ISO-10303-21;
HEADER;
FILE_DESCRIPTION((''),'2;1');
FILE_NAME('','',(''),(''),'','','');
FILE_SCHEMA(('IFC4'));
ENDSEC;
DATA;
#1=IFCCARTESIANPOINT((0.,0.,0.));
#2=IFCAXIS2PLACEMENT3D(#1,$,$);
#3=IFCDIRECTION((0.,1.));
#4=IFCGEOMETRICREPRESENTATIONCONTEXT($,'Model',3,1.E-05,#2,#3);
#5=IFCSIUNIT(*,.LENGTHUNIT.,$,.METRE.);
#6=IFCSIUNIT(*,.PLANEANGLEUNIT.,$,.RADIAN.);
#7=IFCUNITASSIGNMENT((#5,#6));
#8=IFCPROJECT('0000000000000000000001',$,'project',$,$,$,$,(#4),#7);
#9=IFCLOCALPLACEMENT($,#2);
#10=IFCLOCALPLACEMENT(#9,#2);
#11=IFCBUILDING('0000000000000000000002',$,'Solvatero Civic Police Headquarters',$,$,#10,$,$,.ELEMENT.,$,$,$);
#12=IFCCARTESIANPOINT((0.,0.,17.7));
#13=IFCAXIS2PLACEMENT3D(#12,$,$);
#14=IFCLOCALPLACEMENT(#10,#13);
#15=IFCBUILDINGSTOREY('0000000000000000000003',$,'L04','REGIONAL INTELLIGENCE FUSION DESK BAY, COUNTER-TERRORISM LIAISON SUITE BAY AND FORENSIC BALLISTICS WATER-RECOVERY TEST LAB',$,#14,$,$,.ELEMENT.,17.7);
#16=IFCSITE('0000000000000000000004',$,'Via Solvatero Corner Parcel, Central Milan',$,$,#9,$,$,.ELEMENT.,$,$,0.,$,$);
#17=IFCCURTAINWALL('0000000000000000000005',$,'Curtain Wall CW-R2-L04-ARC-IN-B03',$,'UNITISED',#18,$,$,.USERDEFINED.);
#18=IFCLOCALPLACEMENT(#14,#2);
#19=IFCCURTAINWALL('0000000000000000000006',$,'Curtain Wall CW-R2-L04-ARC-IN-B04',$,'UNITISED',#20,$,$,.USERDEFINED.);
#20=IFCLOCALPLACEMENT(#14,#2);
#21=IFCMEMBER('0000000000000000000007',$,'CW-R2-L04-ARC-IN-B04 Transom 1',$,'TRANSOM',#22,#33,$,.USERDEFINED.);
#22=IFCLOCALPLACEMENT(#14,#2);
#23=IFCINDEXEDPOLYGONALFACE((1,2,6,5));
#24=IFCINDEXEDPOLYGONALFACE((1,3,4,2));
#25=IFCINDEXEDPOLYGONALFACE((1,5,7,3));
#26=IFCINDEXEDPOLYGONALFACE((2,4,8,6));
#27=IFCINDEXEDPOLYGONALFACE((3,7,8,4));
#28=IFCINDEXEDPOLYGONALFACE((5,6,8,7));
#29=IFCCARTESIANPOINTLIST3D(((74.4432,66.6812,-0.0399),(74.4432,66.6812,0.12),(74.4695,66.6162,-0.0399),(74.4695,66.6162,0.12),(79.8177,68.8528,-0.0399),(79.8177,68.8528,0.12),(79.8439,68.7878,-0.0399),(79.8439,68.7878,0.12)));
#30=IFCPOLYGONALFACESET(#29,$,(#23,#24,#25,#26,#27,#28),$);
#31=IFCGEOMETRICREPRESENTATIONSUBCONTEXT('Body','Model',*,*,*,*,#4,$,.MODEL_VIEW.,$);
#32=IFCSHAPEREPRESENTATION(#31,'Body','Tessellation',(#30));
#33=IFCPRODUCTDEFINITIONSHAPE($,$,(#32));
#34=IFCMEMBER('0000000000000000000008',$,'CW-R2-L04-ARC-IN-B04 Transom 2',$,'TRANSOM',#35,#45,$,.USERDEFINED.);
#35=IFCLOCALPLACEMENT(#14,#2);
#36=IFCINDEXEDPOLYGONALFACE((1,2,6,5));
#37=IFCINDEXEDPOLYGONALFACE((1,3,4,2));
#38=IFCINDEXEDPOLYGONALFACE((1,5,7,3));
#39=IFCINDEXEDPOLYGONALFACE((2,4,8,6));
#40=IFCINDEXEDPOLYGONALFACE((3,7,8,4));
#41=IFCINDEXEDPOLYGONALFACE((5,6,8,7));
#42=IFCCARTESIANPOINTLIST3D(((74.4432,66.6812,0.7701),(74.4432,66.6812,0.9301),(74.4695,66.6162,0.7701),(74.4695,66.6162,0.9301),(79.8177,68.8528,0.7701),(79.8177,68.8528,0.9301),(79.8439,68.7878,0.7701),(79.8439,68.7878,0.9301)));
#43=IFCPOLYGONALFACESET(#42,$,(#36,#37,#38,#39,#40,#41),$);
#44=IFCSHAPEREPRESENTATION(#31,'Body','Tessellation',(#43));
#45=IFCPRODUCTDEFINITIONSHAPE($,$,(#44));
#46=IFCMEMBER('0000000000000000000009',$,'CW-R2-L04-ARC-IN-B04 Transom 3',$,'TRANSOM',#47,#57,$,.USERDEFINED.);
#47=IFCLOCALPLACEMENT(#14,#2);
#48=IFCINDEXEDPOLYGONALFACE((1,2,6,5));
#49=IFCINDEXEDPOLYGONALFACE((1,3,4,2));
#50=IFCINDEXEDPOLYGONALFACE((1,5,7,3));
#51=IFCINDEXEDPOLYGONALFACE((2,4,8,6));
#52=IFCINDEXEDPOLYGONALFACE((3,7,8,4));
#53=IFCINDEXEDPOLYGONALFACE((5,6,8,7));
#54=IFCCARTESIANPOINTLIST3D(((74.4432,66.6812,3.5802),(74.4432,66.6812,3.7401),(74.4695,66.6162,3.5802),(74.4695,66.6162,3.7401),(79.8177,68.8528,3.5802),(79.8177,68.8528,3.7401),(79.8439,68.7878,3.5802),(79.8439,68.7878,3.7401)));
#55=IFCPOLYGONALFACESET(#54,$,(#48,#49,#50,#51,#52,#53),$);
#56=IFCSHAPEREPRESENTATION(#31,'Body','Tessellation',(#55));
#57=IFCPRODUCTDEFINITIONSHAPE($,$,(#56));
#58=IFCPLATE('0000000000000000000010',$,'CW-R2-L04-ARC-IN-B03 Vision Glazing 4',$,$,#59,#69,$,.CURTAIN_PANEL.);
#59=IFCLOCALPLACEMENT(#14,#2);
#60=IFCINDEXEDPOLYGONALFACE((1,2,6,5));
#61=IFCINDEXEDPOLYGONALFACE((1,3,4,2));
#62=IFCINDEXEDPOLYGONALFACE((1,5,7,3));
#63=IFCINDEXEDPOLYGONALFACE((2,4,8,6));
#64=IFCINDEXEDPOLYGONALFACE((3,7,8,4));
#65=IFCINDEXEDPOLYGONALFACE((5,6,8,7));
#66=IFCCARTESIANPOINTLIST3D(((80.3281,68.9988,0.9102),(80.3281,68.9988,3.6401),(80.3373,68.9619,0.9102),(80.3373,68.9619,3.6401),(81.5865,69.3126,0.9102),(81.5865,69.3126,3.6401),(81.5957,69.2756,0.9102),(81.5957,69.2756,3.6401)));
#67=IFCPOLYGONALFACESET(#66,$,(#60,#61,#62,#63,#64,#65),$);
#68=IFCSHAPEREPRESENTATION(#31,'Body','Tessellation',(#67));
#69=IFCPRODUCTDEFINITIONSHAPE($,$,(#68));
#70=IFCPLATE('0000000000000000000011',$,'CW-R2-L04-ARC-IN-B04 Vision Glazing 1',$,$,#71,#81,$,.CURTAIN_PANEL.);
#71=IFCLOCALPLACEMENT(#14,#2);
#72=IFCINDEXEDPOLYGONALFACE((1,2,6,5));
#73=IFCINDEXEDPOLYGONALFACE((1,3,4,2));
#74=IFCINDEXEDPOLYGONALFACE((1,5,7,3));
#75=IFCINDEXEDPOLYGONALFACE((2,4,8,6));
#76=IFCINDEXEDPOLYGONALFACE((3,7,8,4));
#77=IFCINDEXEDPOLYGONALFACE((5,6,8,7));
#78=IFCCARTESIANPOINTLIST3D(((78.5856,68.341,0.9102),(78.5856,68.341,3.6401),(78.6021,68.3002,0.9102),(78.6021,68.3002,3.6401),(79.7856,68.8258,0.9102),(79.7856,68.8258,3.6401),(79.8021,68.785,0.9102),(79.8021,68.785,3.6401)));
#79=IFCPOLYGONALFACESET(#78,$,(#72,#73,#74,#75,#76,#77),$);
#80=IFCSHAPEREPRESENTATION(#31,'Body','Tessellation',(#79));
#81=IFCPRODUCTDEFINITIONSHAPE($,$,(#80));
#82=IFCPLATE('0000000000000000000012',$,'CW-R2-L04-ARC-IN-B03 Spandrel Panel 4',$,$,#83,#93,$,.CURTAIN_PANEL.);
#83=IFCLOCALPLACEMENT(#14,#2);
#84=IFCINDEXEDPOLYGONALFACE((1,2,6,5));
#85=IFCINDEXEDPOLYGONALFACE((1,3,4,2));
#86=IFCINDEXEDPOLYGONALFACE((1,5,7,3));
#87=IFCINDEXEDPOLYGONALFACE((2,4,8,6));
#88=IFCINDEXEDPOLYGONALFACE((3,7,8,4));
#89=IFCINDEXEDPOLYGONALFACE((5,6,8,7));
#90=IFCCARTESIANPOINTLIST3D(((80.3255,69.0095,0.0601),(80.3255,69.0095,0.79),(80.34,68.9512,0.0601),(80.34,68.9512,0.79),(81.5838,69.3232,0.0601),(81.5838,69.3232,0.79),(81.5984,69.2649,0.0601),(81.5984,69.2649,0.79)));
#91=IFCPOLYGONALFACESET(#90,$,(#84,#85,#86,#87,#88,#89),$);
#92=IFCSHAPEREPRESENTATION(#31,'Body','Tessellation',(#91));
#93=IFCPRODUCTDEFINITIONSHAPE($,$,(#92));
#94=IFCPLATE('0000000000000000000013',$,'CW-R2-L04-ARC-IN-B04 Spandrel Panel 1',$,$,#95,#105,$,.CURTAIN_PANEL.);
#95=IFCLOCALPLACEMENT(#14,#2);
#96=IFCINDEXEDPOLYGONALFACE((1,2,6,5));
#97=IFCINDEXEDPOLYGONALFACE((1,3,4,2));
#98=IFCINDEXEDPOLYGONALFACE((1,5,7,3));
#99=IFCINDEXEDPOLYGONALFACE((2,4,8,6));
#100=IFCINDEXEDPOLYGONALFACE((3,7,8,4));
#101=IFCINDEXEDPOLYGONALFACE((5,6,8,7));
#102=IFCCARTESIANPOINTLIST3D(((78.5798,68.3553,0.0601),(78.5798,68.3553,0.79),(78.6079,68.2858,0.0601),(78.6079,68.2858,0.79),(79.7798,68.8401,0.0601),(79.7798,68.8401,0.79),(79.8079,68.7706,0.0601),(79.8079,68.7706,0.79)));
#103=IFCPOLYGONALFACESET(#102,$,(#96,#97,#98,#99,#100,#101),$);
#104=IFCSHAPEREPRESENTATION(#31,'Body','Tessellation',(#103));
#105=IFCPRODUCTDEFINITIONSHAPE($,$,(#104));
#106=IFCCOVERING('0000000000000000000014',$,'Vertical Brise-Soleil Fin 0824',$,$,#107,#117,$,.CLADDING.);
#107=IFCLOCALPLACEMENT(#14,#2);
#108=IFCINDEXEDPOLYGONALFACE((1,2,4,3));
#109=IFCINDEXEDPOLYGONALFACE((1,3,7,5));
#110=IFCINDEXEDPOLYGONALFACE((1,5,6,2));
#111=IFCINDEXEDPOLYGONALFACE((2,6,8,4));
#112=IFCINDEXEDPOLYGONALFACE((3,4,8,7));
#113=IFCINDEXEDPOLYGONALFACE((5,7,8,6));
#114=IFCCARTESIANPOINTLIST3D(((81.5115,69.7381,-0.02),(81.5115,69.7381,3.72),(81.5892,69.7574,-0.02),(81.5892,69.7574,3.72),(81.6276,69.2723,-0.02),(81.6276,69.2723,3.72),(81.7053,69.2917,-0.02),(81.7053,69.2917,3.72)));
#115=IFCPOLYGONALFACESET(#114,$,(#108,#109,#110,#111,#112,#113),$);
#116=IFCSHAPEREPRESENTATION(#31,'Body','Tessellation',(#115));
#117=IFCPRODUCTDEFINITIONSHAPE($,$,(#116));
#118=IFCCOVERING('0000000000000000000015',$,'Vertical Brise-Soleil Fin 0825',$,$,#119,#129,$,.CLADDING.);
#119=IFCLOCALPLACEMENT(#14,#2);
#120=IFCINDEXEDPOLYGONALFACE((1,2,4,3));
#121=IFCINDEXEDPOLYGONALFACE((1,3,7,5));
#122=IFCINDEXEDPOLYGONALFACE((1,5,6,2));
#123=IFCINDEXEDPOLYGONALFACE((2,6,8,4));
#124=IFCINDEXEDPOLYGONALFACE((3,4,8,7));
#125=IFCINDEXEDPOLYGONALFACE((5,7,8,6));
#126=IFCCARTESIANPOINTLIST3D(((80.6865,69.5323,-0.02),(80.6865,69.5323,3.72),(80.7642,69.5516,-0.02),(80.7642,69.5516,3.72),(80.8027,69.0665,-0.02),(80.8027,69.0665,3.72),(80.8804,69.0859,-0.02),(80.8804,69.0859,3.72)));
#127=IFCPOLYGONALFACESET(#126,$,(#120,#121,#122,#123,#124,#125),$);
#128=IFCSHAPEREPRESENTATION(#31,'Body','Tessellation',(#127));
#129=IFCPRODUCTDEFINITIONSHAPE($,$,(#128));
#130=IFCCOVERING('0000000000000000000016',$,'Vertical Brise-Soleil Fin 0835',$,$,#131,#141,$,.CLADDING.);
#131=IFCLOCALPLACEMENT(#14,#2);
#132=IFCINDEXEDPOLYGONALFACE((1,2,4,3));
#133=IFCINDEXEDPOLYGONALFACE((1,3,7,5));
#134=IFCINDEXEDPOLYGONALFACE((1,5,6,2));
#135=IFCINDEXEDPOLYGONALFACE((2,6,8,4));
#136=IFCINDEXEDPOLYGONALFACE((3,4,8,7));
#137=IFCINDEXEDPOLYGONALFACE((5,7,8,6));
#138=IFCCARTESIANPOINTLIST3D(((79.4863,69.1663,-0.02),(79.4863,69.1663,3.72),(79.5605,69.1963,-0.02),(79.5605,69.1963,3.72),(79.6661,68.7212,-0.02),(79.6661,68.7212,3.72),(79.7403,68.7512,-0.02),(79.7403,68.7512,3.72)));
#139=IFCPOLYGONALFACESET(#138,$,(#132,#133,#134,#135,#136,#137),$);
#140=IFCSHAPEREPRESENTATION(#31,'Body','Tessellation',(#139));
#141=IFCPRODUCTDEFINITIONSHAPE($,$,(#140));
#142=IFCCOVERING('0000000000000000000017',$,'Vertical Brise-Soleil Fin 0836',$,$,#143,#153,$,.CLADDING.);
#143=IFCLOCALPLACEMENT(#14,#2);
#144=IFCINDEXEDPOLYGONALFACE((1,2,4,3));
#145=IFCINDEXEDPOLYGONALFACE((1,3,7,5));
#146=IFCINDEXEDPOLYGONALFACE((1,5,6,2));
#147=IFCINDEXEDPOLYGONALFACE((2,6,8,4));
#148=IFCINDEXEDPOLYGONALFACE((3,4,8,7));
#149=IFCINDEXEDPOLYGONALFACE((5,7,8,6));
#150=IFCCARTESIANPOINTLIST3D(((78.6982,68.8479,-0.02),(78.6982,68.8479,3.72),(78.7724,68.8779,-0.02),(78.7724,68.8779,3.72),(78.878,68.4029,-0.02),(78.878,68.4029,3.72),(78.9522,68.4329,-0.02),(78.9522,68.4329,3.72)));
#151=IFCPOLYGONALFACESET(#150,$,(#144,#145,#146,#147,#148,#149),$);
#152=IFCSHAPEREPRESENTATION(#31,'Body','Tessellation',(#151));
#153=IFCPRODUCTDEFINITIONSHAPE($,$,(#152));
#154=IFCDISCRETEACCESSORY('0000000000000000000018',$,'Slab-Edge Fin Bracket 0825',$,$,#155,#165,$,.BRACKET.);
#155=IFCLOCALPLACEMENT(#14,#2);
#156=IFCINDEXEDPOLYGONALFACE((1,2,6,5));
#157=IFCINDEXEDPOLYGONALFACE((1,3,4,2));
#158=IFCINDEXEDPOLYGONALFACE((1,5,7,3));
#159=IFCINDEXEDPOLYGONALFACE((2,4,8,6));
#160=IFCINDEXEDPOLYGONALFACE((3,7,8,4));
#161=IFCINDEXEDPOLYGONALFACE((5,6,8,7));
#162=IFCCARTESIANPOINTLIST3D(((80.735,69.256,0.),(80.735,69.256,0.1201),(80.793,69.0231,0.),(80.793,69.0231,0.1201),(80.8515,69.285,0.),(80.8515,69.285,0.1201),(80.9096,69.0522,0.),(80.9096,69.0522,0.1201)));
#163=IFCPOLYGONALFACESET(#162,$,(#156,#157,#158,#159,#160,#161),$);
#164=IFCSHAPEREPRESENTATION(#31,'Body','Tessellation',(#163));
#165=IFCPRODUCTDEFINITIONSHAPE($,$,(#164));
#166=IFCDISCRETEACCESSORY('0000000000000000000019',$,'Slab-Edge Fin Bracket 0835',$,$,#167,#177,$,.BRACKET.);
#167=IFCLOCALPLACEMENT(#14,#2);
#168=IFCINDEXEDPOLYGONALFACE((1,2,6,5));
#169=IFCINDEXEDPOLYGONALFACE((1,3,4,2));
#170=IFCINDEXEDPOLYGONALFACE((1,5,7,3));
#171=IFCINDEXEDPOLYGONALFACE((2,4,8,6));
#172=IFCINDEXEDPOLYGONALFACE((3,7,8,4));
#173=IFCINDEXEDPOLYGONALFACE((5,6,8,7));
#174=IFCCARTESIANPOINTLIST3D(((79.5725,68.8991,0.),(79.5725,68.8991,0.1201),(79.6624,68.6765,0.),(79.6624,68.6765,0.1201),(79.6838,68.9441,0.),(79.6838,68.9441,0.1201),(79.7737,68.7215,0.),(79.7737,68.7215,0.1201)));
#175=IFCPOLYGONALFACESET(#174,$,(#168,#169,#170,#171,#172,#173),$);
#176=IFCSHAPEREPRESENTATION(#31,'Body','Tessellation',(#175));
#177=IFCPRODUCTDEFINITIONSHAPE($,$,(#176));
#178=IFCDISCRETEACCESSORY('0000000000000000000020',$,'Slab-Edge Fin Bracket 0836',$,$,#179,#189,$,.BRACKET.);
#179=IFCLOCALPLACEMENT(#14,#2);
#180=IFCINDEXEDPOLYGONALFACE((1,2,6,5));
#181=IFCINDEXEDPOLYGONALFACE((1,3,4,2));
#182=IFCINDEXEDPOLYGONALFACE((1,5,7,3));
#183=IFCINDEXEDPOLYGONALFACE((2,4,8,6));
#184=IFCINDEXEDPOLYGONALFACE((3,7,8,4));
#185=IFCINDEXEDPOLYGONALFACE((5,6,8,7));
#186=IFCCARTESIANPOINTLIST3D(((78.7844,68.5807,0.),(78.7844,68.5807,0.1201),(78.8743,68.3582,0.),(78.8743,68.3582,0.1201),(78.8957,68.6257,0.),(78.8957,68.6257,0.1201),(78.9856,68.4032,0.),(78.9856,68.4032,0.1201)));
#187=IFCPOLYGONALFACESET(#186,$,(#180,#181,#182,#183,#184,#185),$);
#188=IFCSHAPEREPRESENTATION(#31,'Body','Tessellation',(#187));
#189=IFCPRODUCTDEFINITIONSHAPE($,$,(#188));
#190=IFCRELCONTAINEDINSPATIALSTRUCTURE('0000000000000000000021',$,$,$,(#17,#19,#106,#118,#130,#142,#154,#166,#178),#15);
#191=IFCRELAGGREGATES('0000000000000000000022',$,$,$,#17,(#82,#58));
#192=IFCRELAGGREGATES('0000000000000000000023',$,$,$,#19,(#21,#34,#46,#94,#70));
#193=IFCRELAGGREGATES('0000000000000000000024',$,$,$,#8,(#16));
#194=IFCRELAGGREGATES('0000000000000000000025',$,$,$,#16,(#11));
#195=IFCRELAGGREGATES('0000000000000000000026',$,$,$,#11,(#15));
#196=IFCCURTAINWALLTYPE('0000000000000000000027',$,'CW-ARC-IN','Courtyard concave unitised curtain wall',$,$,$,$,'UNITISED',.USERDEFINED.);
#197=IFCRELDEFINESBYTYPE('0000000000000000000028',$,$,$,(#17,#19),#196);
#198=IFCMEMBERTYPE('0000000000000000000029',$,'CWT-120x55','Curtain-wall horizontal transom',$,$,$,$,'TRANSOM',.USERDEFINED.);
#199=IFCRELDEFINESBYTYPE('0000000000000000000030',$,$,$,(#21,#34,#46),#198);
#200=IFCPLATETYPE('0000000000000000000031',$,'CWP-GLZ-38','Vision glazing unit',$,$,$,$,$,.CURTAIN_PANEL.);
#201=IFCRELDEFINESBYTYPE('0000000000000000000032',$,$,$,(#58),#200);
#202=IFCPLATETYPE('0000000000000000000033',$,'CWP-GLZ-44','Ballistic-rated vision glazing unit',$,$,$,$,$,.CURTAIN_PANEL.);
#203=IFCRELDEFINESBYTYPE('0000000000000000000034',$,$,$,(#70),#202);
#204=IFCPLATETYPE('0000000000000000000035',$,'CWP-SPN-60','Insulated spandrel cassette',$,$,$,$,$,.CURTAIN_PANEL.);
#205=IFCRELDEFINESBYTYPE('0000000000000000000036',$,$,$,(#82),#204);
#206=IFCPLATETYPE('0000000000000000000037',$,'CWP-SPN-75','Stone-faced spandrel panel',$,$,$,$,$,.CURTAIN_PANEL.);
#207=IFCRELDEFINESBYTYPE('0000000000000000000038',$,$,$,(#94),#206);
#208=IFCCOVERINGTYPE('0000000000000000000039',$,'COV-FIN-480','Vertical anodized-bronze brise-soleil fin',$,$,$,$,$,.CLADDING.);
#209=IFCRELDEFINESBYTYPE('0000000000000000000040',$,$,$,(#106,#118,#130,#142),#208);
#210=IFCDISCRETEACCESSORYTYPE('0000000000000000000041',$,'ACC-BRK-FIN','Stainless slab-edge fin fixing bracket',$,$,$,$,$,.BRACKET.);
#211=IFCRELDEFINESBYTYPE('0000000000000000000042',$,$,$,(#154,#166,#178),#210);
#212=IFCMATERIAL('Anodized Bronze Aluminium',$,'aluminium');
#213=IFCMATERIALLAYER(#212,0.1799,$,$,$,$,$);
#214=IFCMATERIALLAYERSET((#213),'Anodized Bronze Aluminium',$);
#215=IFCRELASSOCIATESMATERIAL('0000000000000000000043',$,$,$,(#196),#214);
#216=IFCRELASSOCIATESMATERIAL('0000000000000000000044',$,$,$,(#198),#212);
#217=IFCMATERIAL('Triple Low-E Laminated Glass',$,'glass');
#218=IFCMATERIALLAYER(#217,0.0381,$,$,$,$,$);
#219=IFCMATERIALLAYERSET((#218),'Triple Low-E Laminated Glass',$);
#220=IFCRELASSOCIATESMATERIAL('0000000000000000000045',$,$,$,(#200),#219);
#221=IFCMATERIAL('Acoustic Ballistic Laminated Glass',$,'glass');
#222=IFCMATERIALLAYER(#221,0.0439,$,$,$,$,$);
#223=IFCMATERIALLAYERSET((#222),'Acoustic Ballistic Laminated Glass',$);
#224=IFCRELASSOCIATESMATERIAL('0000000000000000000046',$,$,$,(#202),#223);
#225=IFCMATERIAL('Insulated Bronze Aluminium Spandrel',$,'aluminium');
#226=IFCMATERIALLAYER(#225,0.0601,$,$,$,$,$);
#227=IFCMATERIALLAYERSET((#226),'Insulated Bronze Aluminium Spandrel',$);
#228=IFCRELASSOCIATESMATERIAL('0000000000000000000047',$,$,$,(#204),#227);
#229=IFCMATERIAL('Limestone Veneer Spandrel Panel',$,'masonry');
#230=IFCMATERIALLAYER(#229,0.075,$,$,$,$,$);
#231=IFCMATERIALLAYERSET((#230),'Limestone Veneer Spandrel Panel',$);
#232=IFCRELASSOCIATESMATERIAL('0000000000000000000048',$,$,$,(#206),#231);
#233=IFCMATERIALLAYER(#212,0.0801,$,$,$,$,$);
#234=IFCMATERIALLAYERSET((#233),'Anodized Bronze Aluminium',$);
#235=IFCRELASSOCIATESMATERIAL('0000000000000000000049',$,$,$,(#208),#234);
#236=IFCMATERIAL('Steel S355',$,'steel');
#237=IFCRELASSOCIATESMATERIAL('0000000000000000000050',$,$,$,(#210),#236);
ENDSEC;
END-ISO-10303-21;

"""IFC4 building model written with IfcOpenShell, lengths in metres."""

from ifc_helpers import new_model, si_unit, direction, frame, origin, origin_2d, place, context, subcontext, project, spatial, rectangle, extrude, material, layer, layer_set, material_profile, profile_set, type_object, element, aggregate, save


model = new_model("IFC4")

# Units and contexts
model_context = context("Model", 3, precision=1e-05, world=origin(), true_north=direction((0.0, 1.0)))
body_context = subcontext(model_context, "Body", "Model", "MODEL_VIEW")
ifc_project = project(units=[si_unit("LENGTHUNIT", "METRE"), si_unit("PLANEANGLEUNIT", "RADIAN")], contexts=[model_context])

# Site, building, storey
site_placement = place(None, origin())
site = spatial("IfcSite", under=ifc_project, at=site_placement, Name="Via Solvatero Corner Parcel, Central Milan", CompositionType="ELEMENT", RefElevation=0.0)
building_placement = place(site_placement, origin())
building = spatial("IfcBuilding", under=site, at=building_placement, Name="Solvatero Civic Police Headquarters", CompositionType="ELEMENT")
storey_placement = place(building_placement, frame((0.0, 0.0, 17.7)))
storey = spatial("IfcBuildingStorey", under=building, at=storey_placement, Name="L04", Description="REGIONAL INTELLIGENCE FUSION DESK BAY, COUNTER-TERRORISM LIAISON SUITE BAY AND FORENSIC BALLISTICS WATER-RECOVERY TEST LAB", CompositionType="ELEMENT", Elevation=17.7)

# Shared definitions
ifc_material_1 = material(Name="Steel S355", Category="steel")

# Curtain wall
ifc_material_2 = material(Name="Anodized Bronze Aluminium", Category="aluminium")
ifc_layer_1 = layer(ifc_material_2, 0.1799)
ifc_layer_set_1 = layer_set([ifc_layer_1], Name="Anodized Bronze Aluminium")
curtain_wall_type = type_object("IfcCurtainWallType", Name="CW-ARC-IN", Description="Courtyard concave unitised curtain wall", ElementType="UNITISED", PredefinedType="USERDEFINED", material=ifc_layer_set_1)
curtain_wall_1_placement = place(storey_placement, origin())
curtain_wall_1 = element("IfcCurtainWall", 1, at=curtain_wall_1_placement, inside=storey, type_object=curtain_wall_type, Name="Curtain Wall CW-R2-L04-ARC-IN-B03", ObjectType="UNITISED", PredefinedType="USERDEFINED")

# Curtain wall, members
curtain_wall_2_placement = place(storey_placement, origin())
curtain_wall_2 = element("IfcCurtainWall", 2, at=curtain_wall_2_placement, inside=storey, type_object=curtain_wall_type, Name="Curtain Wall CW-R2-L04-ARC-IN-B04", ObjectType="UNITISED", PredefinedType="USERDEFINED")
ifc_material_profile_1 = material_profile(ifc_material_2, rectangle(XDim=0.0701, YDim=0.1599, at=origin_2d()), Name="ALU TRANSOM 70x160")
ifc_profile_set_1 = profile_set([ifc_material_profile_1], Name="Anodized Bronze Aluminium")
member_type_1 = type_object("IfcMemberType", Name="CWT-120x55", Description="Curtain-wall horizontal transom", ElementType="TRANSOM", PredefinedType="USERDEFINED", material=ifc_profile_set_1)
member_1_placement = place(storey_placement, frame((79.8308, 68.8203, 0.04), z_axis=(-0.927173, -0.374634, 0.0), x_axis=(0.374634, -0.927173, 0.0)))
member_1 = element("IfcMember", 3, at=member_1_placement, type_object=member_type_1, Name="CW-R2-L04-ARC-IN-B04 Transom 1", ObjectType="TRANSOM", PredefinedType="USERDEFINED", context=body_context, shape_type="SweptSolid", body=[
    extrude(rectangle(XDim=0.0701, YDim=0.1599, at=origin_2d()), origin(), (0.0, 0.0, 1.0), 5.7966),
])
member_2_placement = place(storey_placement, frame((79.8308, 68.8203, 0.8501), z_axis=(-0.927173, -0.374634, 0.0), x_axis=(0.374634, -0.927173, 0.0)))
member_2 = element("IfcMember", 4, at=member_2_placement, type_object=member_type_1, Name="CW-R2-L04-ARC-IN-B04 Transom 2", ObjectType="TRANSOM", PredefinedType="USERDEFINED", context=body_context, shape_type="SweptSolid", body=[
    extrude(rectangle(XDim=0.0701, YDim=0.1599, at=origin_2d()), origin(), (0.0, 0.0, 1.0), 5.7966),
])
member_3_placement = place(storey_placement, frame((79.8308, 68.8203, 3.6602), z_axis=(-0.927173, -0.374634, 0.0), x_axis=(0.374634, -0.927173, 0.0)))
member_3 = element("IfcMember", 5, at=member_3_placement, type_object=member_type_1, Name="CW-R2-L04-ARC-IN-B04 Transom 3", ObjectType="TRANSOM", PredefinedType="USERDEFINED", context=body_context, shape_type="SweptSolid", body=[
    extrude(rectangle(XDim=0.0701, YDim=0.1599, at=origin_2d()), origin(), (0.0, 0.0, 1.0), 5.7966),
])

# Plates
ifc_material_3 = material(Name="Triple Low-E Laminated Glass", Category="glass")
ifc_layer_2 = layer(ifc_material_3, 0.0381)
ifc_layer_set_2 = layer_set([ifc_layer_2], Name="Triple Low-E Laminated Glass")
plate_type_1 = type_object("IfcPlateType", Name="CWP-GLZ-38", Description="Vision glazing unit", PredefinedType="CURTAIN_PANEL", material=ifc_layer_set_2)
plate_1_placement = place(storey_placement, frame((80.9619, 69.1372, 0.9102), z_axis=(0.0, 0.0, 1.0), x_axis=(-0.970296, -0.241922, 0.0)))
plate_1 = element("IfcPlate", 6, at=plate_1_placement, type_object=plate_type_1, Name="CW-R2-L04-ARC-IN-B03 Vision Glazing 4", PredefinedType="CURTAIN_PANEL", context=body_context, shape_type="SweptSolid", body=[
    extrude(rectangle(XDim=1.2969, YDim=0.0381, at=origin_2d()), origin(), (0.0, 0.0, 1.0), 2.73),
])
ifc_material_4 = material(Name="Acoustic Ballistic Laminated Glass", Category="glass")
ifc_layer_3 = layer(ifc_material_4, 0.0439)
ifc_layer_set_3 = layer_set([ifc_layer_3], Name="Acoustic Ballistic Laminated Glass")
plate_type_2 = type_object("IfcPlateType", Name="CWP-GLZ-44", Description="Ballistic-rated vision glazing unit", PredefinedType="CURTAIN_PANEL", material=ifc_layer_set_3)
plate_2_placement = place(storey_placement, frame((79.1938, 68.563, 0.9102), z_axis=(0.0, 0.0, 1.0), x_axis=(-0.927184, -0.374607, 0.0)))
plate_2 = element("IfcPlate", 7, at=plate_2_placement, type_object=plate_type_2, Name="CW-R2-L04-ARC-IN-B04 Vision Glazing 1", PredefinedType="CURTAIN_PANEL", context=body_context, shape_type="SweptSolid", body=[
    extrude(rectangle(XDim=1.2942, YDim=0.0439, at=origin_2d()), origin(), (0.0, 0.0, 1.0), 2.73),
])
ifc_material_5 = material(Name="Insulated Bronze Aluminium Spandrel", Category="aluminium")
ifc_layer_4 = layer(ifc_material_5, 0.0601)
ifc_layer_set_4 = layer_set([ifc_layer_4], Name="Insulated Bronze Aluminium Spandrel")
plate_type_3 = type_object("IfcPlateType", Name="CWP-SPN-60", Description="Insulated spandrel cassette", PredefinedType="CURTAIN_PANEL", material=ifc_layer_set_4)
plate_3_placement = place(storey_placement, frame((80.9619, 69.1372, 0.0601), z_axis=(0.0, 0.0, 1.0), x_axis=(-0.970296, -0.241922, 0.0)))
plate_3 = element("IfcPlate", 8, at=plate_3_placement, type_object=plate_type_3, Name="CW-R2-L04-ARC-IN-B03 Spandrel Panel 4", PredefinedType="CURTAIN_PANEL", context=body_context, shape_type="SweptSolid", body=[
    extrude(rectangle(XDim=1.2969, YDim=0.0601, at=origin_2d()), origin(), (0.0, 0.0, 1.0), 0.73),
])
aggregate(curtain_wall_1, [plate_3, plate_1])
ifc_material_6 = material(Name="Limestone Veneer Spandrel Panel", Category="masonry")
ifc_layer_5 = layer(ifc_material_6, 0.075)
ifc_layer_set_5 = layer_set([ifc_layer_5], Name="Limestone Veneer Spandrel Panel")
plate_type_4 = type_object("IfcPlateType", Name="CWP-SPN-75", Description="Stone-faced spandrel panel", PredefinedType="CURTAIN_PANEL", material=ifc_layer_set_5)
plate_4_placement = place(storey_placement, frame((79.1938, 68.563, 0.0601), z_axis=(0.0, 0.0, 1.0), x_axis=(-0.927184, -0.374607, 0.0)))
plate_4 = element("IfcPlate", 9, at=plate_4_placement, type_object=plate_type_4, Name="CW-R2-L04-ARC-IN-B04 Spandrel Panel 1", PredefinedType="CURTAIN_PANEL", context=body_context, shape_type="SweptSolid", body=[
    extrude(rectangle(XDim=1.2942, YDim=0.075, at=origin_2d()), origin(), (0.0, 0.0, 1.0), 0.73),
])
aggregate(curtain_wall_2, [member_1, member_2, member_3, plate_4, plate_2])

# Coverings
ifc_layer_6 = layer(ifc_material_2, 0.0801)
ifc_layer_set_6 = layer_set([ifc_layer_6], Name="Anodized Bronze Aluminium")
covering_type = type_object("IfcCoveringType", Name="COV-FIN-480", Description="Vertical anodized-bronze brise-soleil fin", PredefinedType="CLADDING", material=ifc_layer_set_6)
for number, where, z_axis, x_axis, name in (
    (10, (81.6084, 69.5149, -0.02), (0.0, 0.0, 1.0), (-0.970296, -0.241922, 0.0), "Vertical Brise-Soleil Fin 0824"),
    (11, (80.7834, 69.3091, -0.02), (0.0, 0.0, 1.0), (-0.970296, -0.241922, 0.0), "Vertical Brise-Soleil Fin 0825"),
    (12, (79.6133, 68.9587, -0.02), (0.0, 0.0, 1.0), (-0.927184, -0.374607, 0.0), "Vertical Brise-Soleil Fin 0835"),
    (13, (78.8252, 68.6404, -0.02), (0.0, 0.0, 1.0), (-0.927184, -0.374607, 0.0), "Vertical Brise-Soleil Fin 0836"),
):
    element("IfcCovering", number, at=place(storey_placement, frame(where, z_axis=z_axis, x_axis=x_axis)), inside=storey, type_object=covering_type, Name=name, PredefinedType="CLADDING", context=body_context, shape_type="SweptSolid", body=[
        extrude(rectangle(XDim=0.0801, YDim=0.48, at=origin_2d()), origin(), (0.0, 0.0, 1.0), 3.74),
    ])

# Discrete accessories
discrete_accessory_type = type_object("IfcDiscreteAccessoryType", Name="ACC-BRK-FIN", Description="Stainless slab-edge fin fixing bracket", PredefinedType="BRACKET", material=ifc_material_1)
for number, where, z_axis, x_axis, name in (
    (14, (80.8223, 69.1541, 0.0), (0.0, 0.0, 1.0), (-0.970296, -0.241922, 0.0), "Slab-Edge Fin Bracket 0825"),
    (15, (79.6731, 68.8103, 0.0), (0.0, 0.0, 1.0), (-0.927184, -0.374607, 0.0), "Slab-Edge Fin Bracket 0835"),
    (16, (78.885, 68.4919, 0.0), (0.0, 0.0, 1.0), (-0.927184, -0.374607, 0.0), "Slab-Edge Fin Bracket 0836"),
):
    element("IfcDiscreteAccessory", number, at=place(storey_placement, frame(where, z_axis=z_axis, x_axis=x_axis)), inside=storey, type_object=discrete_accessory_type, Name=name, PredefinedType="BRACKET", context=body_context, shape_type="SweptSolid", body=[
        extrude(rectangle(XDim=0.1201, YDim=0.24, at=origin_2d()), origin(), (0.0, 0.0, 1.0), 0.1201),
    ])

save(model, "model.ifc")
